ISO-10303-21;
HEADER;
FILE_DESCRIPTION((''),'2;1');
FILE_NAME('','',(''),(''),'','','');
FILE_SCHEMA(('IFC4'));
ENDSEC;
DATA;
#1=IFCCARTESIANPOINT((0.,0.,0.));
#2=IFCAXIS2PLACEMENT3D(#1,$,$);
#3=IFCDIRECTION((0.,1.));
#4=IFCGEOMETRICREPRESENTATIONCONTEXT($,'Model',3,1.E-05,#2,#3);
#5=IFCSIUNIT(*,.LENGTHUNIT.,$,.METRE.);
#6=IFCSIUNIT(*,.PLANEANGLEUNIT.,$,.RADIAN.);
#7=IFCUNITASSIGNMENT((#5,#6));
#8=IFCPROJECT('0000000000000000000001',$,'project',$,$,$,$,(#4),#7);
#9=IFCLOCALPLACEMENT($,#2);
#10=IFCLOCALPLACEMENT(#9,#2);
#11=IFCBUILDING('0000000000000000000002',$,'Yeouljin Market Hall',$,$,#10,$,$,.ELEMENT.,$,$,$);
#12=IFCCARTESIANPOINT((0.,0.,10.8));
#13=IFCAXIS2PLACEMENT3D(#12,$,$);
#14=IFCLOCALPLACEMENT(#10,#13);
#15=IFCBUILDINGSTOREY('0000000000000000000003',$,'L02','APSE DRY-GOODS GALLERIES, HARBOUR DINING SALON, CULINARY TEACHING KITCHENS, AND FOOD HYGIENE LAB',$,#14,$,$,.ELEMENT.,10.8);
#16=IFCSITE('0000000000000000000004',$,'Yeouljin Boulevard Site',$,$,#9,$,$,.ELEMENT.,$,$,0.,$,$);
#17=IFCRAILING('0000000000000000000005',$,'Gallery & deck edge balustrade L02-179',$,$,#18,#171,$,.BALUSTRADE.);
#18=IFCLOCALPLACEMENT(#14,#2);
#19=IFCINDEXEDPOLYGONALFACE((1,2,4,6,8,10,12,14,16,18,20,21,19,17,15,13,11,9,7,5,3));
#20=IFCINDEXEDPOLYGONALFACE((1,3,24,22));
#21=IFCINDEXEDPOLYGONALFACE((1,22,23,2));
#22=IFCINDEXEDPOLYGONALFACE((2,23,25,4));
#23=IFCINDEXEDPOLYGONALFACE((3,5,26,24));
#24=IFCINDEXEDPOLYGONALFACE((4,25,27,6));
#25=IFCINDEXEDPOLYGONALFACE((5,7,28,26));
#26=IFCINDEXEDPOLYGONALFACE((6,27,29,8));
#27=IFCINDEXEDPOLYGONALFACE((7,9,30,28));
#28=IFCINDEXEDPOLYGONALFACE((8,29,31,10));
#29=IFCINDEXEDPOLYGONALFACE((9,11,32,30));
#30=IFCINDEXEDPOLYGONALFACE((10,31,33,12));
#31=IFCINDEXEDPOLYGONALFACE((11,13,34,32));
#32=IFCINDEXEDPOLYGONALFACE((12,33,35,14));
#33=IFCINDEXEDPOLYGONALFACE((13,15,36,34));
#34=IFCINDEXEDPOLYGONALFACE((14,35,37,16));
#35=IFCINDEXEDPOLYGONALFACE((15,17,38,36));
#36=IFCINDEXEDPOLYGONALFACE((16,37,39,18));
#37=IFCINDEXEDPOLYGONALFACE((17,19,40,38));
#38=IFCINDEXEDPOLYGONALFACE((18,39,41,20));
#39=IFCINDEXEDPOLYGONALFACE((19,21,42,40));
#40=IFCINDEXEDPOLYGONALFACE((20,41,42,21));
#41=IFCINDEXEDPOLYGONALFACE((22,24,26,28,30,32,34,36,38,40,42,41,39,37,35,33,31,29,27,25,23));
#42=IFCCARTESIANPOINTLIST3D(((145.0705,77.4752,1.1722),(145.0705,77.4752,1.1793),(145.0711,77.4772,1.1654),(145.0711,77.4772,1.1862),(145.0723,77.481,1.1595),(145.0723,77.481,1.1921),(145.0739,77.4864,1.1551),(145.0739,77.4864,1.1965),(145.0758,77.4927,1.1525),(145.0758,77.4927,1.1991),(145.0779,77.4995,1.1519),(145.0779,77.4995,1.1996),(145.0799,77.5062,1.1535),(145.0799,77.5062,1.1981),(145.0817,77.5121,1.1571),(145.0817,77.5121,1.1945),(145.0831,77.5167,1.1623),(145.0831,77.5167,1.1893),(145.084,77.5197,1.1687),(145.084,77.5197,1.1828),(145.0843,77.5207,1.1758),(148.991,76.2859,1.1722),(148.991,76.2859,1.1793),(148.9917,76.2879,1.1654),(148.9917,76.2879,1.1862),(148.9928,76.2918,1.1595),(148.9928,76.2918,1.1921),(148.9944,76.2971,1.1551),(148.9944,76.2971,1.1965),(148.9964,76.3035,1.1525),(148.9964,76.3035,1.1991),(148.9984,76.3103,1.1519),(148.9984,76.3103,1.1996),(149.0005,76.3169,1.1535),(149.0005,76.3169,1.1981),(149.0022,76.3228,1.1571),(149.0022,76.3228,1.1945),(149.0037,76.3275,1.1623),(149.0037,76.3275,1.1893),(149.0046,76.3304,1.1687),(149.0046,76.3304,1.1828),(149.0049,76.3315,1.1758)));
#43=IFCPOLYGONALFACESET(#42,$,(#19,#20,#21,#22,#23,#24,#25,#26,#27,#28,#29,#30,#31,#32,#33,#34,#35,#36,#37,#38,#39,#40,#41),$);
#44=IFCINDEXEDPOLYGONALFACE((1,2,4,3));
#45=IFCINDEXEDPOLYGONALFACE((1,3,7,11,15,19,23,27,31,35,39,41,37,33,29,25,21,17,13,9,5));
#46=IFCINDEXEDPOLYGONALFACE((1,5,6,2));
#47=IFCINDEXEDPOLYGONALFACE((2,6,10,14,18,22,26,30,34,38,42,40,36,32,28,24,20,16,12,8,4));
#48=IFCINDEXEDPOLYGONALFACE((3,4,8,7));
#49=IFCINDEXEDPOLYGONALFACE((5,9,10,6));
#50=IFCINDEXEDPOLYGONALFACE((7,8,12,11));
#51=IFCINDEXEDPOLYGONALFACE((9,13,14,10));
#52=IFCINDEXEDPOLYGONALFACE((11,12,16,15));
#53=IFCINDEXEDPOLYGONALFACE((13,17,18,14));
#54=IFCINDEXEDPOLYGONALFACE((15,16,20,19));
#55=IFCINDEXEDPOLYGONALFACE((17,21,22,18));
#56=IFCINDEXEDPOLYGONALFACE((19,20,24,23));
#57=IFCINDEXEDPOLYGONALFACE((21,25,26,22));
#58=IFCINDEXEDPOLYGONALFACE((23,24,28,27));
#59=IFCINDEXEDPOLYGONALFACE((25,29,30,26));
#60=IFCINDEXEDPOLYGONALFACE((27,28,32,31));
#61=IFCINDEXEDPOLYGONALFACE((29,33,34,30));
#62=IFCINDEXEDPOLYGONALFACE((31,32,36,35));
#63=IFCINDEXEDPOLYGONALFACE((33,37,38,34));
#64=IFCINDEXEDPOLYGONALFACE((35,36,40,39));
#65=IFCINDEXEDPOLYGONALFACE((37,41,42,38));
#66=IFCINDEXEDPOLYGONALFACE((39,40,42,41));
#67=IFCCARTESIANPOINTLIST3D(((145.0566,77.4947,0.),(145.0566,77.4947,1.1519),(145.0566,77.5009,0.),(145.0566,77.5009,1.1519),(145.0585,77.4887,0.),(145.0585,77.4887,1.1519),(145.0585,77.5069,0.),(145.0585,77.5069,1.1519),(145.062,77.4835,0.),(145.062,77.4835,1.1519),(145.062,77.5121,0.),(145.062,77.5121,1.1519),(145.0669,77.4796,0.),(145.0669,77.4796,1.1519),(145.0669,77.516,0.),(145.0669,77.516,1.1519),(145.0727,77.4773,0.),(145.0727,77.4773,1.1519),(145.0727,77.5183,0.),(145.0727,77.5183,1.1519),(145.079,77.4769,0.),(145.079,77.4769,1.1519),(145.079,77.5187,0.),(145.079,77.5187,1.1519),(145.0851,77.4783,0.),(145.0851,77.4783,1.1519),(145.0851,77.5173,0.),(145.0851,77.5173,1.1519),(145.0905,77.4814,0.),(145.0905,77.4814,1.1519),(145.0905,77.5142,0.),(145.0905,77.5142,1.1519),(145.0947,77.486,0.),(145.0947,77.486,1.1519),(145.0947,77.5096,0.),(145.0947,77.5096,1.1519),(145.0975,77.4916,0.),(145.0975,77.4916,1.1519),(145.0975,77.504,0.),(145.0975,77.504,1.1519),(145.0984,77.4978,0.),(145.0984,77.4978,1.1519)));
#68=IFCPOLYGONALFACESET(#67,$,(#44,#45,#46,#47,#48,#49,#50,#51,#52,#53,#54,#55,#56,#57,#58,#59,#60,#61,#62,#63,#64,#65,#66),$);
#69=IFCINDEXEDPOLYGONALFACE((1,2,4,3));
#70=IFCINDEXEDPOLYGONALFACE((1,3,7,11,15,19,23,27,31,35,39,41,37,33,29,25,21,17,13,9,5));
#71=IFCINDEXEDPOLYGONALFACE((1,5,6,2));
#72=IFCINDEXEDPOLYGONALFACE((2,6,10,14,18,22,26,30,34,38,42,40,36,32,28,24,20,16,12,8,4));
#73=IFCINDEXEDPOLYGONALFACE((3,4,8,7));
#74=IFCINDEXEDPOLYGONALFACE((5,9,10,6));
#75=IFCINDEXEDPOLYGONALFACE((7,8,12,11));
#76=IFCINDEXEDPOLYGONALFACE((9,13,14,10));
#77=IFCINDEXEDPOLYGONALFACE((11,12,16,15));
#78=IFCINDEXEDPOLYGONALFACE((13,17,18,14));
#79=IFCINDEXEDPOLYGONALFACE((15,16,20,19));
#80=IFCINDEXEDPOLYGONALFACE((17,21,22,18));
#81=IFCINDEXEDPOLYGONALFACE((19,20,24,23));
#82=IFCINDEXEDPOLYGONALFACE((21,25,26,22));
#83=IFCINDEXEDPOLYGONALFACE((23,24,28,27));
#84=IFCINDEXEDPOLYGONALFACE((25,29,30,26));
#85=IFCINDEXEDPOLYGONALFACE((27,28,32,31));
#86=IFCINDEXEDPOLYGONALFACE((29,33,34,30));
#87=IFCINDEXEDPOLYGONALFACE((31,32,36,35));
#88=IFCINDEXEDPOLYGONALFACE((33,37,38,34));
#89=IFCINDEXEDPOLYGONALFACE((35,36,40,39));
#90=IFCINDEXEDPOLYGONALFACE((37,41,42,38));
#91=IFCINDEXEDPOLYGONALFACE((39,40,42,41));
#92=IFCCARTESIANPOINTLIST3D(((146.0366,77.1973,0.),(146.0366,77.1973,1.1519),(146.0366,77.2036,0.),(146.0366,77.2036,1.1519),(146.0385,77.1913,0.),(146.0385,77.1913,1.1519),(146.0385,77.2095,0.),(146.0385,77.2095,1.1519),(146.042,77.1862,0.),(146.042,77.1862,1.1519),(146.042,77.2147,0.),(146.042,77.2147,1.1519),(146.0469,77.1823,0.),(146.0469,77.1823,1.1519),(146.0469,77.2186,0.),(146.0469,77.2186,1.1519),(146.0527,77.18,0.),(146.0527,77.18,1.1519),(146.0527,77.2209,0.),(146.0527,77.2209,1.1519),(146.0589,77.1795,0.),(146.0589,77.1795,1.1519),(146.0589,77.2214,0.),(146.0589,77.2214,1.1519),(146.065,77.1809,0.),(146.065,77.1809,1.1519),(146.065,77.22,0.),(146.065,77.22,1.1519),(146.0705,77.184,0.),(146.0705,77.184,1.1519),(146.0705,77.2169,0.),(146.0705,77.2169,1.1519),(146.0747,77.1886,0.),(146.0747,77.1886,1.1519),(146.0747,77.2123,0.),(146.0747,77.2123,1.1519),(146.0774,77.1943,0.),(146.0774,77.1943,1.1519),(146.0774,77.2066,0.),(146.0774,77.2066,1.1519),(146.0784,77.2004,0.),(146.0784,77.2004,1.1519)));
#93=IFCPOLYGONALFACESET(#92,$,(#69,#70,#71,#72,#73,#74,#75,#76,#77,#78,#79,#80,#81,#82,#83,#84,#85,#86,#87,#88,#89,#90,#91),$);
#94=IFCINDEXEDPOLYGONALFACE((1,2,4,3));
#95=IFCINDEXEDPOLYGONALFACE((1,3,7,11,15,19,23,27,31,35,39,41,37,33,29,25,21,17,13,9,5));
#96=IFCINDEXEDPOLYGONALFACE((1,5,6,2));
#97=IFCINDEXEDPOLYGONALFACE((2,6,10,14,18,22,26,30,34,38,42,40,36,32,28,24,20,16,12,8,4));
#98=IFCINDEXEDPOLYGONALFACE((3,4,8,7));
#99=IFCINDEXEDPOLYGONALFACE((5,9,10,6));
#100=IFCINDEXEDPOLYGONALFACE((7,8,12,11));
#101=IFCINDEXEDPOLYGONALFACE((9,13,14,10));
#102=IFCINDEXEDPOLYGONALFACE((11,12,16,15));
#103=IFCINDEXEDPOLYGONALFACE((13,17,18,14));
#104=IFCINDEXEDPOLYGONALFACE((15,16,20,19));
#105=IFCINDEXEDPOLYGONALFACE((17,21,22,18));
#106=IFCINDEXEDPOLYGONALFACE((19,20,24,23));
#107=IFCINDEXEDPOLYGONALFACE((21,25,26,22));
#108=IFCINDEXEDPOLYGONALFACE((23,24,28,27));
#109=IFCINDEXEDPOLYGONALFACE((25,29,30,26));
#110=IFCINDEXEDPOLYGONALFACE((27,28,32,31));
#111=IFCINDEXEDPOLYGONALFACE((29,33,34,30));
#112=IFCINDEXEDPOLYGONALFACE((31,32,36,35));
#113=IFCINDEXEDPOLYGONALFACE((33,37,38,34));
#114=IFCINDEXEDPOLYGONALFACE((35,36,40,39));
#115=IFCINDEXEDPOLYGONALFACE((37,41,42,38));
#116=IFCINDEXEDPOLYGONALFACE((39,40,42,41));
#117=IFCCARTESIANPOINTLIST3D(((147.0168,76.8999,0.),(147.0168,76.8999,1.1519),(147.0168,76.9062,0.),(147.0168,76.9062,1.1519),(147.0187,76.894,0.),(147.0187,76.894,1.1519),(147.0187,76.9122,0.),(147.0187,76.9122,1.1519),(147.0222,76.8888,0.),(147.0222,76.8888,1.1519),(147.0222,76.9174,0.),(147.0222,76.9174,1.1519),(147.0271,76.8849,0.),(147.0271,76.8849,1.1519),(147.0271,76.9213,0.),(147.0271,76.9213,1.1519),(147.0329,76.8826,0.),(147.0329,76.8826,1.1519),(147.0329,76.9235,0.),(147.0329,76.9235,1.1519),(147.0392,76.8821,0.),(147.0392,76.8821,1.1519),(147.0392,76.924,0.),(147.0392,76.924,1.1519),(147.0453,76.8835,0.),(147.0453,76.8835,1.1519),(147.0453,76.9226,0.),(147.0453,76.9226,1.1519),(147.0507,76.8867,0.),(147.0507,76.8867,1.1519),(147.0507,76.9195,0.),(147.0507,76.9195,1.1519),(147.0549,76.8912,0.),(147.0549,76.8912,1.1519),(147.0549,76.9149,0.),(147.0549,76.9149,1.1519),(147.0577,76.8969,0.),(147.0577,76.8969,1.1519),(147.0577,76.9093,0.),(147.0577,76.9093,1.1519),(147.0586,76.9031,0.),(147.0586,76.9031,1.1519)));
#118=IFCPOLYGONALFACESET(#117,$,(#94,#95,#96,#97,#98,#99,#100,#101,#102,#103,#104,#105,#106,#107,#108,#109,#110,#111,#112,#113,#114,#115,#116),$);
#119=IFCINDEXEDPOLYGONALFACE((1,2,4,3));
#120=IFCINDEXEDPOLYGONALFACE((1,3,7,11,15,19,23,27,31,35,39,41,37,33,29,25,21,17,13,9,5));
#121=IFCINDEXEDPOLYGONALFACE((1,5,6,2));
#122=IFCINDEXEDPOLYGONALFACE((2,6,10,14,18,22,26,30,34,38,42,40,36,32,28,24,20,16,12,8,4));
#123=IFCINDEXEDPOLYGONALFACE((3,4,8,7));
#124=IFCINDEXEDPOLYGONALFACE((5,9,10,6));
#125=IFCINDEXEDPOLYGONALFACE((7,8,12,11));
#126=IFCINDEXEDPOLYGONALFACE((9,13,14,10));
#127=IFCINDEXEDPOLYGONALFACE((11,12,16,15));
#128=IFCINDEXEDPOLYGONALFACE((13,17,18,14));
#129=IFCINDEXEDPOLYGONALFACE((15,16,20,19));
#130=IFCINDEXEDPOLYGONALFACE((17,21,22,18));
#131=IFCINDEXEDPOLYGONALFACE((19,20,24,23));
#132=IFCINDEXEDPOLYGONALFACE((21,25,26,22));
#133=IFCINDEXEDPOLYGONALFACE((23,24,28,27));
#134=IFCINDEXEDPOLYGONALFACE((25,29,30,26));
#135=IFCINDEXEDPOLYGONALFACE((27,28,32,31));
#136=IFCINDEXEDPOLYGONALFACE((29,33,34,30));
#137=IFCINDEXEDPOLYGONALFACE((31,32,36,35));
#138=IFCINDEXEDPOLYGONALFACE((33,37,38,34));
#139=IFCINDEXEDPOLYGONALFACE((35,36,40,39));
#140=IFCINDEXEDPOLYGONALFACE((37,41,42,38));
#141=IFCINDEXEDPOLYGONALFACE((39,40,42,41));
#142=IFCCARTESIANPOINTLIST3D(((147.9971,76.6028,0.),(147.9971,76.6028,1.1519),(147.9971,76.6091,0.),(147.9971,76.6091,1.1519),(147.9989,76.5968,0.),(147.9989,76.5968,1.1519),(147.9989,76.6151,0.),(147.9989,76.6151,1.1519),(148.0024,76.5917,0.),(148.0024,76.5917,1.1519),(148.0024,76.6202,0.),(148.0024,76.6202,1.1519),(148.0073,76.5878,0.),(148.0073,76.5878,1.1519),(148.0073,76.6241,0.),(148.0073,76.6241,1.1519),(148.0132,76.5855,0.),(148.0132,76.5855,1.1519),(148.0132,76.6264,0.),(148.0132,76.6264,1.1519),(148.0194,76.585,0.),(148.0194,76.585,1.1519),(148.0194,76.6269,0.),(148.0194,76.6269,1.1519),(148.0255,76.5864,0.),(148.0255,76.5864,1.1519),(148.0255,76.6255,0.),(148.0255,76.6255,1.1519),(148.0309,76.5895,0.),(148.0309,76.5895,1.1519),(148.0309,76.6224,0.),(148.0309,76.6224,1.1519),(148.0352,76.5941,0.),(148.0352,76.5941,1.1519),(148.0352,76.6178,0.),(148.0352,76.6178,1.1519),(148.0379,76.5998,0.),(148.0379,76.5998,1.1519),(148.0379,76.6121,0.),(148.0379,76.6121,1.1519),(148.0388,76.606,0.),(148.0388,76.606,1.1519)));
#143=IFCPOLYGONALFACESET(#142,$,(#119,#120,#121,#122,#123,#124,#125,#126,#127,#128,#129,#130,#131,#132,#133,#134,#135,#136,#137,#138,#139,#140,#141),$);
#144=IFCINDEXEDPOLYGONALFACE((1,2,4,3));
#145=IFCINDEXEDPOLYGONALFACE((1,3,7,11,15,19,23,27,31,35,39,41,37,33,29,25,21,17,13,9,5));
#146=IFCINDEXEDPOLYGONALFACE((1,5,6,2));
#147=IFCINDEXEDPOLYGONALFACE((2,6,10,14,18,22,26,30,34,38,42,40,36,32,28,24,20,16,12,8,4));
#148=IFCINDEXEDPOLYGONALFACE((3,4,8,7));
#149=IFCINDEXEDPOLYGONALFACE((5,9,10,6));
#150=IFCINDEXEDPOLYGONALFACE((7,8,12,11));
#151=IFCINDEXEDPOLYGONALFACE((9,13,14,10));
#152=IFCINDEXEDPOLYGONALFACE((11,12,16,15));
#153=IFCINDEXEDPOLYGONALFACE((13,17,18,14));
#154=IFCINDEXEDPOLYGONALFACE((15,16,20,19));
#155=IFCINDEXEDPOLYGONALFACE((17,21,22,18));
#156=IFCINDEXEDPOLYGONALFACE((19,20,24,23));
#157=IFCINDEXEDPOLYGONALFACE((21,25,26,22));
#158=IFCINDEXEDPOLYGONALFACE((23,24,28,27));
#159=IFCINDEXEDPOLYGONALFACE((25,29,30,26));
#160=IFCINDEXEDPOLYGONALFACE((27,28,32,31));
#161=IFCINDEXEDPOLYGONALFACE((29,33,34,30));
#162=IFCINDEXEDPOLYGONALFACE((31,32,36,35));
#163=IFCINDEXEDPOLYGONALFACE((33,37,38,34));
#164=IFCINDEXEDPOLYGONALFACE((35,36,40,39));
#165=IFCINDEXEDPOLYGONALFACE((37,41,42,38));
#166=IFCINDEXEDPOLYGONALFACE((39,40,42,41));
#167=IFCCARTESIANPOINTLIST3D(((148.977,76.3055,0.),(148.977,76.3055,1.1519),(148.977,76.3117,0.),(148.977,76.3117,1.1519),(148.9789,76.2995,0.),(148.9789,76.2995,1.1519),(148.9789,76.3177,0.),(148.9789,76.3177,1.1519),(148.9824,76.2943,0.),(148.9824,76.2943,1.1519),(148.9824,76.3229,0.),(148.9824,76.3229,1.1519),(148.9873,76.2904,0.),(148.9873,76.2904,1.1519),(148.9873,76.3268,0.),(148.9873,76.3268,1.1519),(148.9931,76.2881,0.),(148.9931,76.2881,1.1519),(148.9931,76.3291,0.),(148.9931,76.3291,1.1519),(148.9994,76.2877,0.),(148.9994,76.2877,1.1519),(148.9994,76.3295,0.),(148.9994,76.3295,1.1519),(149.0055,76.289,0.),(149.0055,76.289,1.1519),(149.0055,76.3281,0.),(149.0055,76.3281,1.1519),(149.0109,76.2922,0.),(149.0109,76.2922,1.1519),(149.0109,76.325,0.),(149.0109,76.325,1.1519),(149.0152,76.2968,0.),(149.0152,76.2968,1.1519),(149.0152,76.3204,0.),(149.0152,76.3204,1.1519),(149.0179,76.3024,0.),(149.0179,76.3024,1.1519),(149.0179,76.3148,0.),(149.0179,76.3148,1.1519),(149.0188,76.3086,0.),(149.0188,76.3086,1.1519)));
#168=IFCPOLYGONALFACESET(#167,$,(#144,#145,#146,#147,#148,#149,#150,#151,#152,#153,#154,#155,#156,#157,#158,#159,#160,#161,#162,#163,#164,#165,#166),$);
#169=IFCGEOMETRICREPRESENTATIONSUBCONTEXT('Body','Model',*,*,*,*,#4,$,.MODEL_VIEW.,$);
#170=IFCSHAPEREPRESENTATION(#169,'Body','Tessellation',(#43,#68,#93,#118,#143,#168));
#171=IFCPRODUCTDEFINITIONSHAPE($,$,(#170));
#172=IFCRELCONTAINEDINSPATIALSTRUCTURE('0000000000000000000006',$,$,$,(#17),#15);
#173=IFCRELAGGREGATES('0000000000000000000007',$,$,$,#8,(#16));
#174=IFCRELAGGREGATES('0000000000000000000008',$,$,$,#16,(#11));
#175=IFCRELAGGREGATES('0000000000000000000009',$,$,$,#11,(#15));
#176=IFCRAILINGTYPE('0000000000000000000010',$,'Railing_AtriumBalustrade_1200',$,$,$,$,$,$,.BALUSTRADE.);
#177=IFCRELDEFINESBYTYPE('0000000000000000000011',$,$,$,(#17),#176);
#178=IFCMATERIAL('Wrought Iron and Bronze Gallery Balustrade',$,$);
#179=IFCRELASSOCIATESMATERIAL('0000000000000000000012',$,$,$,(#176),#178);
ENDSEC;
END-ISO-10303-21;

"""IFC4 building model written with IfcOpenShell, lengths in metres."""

from ifc_helpers import new_model, si_unit, direction, frame, origin, origin_2d, place, context, subcontext, project, spatial, circle, extrude, material, type_object, element, save


model = new_model("IFC4")

# Units and contexts
model_context = context("Model", 3, precision=1e-05, world=origin(), true_north=direction((0.0, 1.0)))
body_context = subcontext(model_context, "Body", "Model", "MODEL_VIEW")
ifc_project = project(units=[si_unit("LENGTHUNIT", "METRE"), si_unit("PLANEANGLEUNIT", "RADIAN")], contexts=[model_context])

# Site, building, storey
site_placement = place(None, origin())
site = spatial("IfcSite", under=ifc_project, at=site_placement, Name="Yeouljin Boulevard Site", CompositionType="ELEMENT", RefElevation=0.0)
building_placement = place(site_placement, origin())
building = spatial("IfcBuilding", under=site, at=building_placement, Name="Yeouljin Market Hall", CompositionType="ELEMENT")
storey_placement = place(building_placement, frame((0.0, 0.0, 10.8)))
storey = spatial("IfcBuildingStorey", under=building, at=storey_placement, Name="L02", Description="APSE DRY-GOODS GALLERIES, HARBOUR DINING SALON, CULINARY TEACHING KITCHENS, AND FOOD HYGIENE LAB", CompositionType="ELEMENT", Elevation=10.8)

# Railing
ifc_material_1 = material(Name="Wrought Iron and Bronze Gallery Balustrade")
railing_type = type_object("IfcRailingType", Name="Railing_AtriumBalustrade_1200", PredefinedType="BALUSTRADE", material=ifc_material_1)
railing_1_placement = place(storey_placement, frame((145.0774, 77.4978, 0.0)))
element("IfcRailing", 1, at=railing_1_placement, inside=storey, type_object=railing_type, Name="Gallery & deck edge balustrade L02-179", PredefinedType="BALUSTRADE", context=body_context, shape_type="SweptSolid", body=[
    extrude(circle(Radius=0.0239, at=origin_2d()), frame((0.0, 0.0, 1.1758), z_axis=(0.956943, -0.290277, 0.0), x_axis=(0.290277, 0.956943, 0.0)), (0.0, 0.0, 1.0), 4.0969),
    extrude(circle(Radius=0.021, at=origin_2d()), origin(), (0.0, 0.0, 1.0), 1.1519),
    extrude(circle(Radius=0.021, at=origin_2d()), frame((0.98, -0.2974, 0.0)), (0.0, 0.0, 1.0), 1.1519),
    extrude(circle(Radius=0.021, at=origin_2d()), frame((1.9602, -0.5947, 0.0)), (0.0, 0.0, 1.0), 1.1519),
    extrude(circle(Radius=0.021, at=origin_2d()), frame((2.9404, -0.8918, 0.0)), (0.0, 0.0, 1.0), 1.1519),
    extrude(circle(Radius=0.021, at=origin_2d()), frame((3.9204, -1.1892, 0.0)), (0.0, 0.0, 1.0), 1.1519),
])

save(model, "model.ifc")
